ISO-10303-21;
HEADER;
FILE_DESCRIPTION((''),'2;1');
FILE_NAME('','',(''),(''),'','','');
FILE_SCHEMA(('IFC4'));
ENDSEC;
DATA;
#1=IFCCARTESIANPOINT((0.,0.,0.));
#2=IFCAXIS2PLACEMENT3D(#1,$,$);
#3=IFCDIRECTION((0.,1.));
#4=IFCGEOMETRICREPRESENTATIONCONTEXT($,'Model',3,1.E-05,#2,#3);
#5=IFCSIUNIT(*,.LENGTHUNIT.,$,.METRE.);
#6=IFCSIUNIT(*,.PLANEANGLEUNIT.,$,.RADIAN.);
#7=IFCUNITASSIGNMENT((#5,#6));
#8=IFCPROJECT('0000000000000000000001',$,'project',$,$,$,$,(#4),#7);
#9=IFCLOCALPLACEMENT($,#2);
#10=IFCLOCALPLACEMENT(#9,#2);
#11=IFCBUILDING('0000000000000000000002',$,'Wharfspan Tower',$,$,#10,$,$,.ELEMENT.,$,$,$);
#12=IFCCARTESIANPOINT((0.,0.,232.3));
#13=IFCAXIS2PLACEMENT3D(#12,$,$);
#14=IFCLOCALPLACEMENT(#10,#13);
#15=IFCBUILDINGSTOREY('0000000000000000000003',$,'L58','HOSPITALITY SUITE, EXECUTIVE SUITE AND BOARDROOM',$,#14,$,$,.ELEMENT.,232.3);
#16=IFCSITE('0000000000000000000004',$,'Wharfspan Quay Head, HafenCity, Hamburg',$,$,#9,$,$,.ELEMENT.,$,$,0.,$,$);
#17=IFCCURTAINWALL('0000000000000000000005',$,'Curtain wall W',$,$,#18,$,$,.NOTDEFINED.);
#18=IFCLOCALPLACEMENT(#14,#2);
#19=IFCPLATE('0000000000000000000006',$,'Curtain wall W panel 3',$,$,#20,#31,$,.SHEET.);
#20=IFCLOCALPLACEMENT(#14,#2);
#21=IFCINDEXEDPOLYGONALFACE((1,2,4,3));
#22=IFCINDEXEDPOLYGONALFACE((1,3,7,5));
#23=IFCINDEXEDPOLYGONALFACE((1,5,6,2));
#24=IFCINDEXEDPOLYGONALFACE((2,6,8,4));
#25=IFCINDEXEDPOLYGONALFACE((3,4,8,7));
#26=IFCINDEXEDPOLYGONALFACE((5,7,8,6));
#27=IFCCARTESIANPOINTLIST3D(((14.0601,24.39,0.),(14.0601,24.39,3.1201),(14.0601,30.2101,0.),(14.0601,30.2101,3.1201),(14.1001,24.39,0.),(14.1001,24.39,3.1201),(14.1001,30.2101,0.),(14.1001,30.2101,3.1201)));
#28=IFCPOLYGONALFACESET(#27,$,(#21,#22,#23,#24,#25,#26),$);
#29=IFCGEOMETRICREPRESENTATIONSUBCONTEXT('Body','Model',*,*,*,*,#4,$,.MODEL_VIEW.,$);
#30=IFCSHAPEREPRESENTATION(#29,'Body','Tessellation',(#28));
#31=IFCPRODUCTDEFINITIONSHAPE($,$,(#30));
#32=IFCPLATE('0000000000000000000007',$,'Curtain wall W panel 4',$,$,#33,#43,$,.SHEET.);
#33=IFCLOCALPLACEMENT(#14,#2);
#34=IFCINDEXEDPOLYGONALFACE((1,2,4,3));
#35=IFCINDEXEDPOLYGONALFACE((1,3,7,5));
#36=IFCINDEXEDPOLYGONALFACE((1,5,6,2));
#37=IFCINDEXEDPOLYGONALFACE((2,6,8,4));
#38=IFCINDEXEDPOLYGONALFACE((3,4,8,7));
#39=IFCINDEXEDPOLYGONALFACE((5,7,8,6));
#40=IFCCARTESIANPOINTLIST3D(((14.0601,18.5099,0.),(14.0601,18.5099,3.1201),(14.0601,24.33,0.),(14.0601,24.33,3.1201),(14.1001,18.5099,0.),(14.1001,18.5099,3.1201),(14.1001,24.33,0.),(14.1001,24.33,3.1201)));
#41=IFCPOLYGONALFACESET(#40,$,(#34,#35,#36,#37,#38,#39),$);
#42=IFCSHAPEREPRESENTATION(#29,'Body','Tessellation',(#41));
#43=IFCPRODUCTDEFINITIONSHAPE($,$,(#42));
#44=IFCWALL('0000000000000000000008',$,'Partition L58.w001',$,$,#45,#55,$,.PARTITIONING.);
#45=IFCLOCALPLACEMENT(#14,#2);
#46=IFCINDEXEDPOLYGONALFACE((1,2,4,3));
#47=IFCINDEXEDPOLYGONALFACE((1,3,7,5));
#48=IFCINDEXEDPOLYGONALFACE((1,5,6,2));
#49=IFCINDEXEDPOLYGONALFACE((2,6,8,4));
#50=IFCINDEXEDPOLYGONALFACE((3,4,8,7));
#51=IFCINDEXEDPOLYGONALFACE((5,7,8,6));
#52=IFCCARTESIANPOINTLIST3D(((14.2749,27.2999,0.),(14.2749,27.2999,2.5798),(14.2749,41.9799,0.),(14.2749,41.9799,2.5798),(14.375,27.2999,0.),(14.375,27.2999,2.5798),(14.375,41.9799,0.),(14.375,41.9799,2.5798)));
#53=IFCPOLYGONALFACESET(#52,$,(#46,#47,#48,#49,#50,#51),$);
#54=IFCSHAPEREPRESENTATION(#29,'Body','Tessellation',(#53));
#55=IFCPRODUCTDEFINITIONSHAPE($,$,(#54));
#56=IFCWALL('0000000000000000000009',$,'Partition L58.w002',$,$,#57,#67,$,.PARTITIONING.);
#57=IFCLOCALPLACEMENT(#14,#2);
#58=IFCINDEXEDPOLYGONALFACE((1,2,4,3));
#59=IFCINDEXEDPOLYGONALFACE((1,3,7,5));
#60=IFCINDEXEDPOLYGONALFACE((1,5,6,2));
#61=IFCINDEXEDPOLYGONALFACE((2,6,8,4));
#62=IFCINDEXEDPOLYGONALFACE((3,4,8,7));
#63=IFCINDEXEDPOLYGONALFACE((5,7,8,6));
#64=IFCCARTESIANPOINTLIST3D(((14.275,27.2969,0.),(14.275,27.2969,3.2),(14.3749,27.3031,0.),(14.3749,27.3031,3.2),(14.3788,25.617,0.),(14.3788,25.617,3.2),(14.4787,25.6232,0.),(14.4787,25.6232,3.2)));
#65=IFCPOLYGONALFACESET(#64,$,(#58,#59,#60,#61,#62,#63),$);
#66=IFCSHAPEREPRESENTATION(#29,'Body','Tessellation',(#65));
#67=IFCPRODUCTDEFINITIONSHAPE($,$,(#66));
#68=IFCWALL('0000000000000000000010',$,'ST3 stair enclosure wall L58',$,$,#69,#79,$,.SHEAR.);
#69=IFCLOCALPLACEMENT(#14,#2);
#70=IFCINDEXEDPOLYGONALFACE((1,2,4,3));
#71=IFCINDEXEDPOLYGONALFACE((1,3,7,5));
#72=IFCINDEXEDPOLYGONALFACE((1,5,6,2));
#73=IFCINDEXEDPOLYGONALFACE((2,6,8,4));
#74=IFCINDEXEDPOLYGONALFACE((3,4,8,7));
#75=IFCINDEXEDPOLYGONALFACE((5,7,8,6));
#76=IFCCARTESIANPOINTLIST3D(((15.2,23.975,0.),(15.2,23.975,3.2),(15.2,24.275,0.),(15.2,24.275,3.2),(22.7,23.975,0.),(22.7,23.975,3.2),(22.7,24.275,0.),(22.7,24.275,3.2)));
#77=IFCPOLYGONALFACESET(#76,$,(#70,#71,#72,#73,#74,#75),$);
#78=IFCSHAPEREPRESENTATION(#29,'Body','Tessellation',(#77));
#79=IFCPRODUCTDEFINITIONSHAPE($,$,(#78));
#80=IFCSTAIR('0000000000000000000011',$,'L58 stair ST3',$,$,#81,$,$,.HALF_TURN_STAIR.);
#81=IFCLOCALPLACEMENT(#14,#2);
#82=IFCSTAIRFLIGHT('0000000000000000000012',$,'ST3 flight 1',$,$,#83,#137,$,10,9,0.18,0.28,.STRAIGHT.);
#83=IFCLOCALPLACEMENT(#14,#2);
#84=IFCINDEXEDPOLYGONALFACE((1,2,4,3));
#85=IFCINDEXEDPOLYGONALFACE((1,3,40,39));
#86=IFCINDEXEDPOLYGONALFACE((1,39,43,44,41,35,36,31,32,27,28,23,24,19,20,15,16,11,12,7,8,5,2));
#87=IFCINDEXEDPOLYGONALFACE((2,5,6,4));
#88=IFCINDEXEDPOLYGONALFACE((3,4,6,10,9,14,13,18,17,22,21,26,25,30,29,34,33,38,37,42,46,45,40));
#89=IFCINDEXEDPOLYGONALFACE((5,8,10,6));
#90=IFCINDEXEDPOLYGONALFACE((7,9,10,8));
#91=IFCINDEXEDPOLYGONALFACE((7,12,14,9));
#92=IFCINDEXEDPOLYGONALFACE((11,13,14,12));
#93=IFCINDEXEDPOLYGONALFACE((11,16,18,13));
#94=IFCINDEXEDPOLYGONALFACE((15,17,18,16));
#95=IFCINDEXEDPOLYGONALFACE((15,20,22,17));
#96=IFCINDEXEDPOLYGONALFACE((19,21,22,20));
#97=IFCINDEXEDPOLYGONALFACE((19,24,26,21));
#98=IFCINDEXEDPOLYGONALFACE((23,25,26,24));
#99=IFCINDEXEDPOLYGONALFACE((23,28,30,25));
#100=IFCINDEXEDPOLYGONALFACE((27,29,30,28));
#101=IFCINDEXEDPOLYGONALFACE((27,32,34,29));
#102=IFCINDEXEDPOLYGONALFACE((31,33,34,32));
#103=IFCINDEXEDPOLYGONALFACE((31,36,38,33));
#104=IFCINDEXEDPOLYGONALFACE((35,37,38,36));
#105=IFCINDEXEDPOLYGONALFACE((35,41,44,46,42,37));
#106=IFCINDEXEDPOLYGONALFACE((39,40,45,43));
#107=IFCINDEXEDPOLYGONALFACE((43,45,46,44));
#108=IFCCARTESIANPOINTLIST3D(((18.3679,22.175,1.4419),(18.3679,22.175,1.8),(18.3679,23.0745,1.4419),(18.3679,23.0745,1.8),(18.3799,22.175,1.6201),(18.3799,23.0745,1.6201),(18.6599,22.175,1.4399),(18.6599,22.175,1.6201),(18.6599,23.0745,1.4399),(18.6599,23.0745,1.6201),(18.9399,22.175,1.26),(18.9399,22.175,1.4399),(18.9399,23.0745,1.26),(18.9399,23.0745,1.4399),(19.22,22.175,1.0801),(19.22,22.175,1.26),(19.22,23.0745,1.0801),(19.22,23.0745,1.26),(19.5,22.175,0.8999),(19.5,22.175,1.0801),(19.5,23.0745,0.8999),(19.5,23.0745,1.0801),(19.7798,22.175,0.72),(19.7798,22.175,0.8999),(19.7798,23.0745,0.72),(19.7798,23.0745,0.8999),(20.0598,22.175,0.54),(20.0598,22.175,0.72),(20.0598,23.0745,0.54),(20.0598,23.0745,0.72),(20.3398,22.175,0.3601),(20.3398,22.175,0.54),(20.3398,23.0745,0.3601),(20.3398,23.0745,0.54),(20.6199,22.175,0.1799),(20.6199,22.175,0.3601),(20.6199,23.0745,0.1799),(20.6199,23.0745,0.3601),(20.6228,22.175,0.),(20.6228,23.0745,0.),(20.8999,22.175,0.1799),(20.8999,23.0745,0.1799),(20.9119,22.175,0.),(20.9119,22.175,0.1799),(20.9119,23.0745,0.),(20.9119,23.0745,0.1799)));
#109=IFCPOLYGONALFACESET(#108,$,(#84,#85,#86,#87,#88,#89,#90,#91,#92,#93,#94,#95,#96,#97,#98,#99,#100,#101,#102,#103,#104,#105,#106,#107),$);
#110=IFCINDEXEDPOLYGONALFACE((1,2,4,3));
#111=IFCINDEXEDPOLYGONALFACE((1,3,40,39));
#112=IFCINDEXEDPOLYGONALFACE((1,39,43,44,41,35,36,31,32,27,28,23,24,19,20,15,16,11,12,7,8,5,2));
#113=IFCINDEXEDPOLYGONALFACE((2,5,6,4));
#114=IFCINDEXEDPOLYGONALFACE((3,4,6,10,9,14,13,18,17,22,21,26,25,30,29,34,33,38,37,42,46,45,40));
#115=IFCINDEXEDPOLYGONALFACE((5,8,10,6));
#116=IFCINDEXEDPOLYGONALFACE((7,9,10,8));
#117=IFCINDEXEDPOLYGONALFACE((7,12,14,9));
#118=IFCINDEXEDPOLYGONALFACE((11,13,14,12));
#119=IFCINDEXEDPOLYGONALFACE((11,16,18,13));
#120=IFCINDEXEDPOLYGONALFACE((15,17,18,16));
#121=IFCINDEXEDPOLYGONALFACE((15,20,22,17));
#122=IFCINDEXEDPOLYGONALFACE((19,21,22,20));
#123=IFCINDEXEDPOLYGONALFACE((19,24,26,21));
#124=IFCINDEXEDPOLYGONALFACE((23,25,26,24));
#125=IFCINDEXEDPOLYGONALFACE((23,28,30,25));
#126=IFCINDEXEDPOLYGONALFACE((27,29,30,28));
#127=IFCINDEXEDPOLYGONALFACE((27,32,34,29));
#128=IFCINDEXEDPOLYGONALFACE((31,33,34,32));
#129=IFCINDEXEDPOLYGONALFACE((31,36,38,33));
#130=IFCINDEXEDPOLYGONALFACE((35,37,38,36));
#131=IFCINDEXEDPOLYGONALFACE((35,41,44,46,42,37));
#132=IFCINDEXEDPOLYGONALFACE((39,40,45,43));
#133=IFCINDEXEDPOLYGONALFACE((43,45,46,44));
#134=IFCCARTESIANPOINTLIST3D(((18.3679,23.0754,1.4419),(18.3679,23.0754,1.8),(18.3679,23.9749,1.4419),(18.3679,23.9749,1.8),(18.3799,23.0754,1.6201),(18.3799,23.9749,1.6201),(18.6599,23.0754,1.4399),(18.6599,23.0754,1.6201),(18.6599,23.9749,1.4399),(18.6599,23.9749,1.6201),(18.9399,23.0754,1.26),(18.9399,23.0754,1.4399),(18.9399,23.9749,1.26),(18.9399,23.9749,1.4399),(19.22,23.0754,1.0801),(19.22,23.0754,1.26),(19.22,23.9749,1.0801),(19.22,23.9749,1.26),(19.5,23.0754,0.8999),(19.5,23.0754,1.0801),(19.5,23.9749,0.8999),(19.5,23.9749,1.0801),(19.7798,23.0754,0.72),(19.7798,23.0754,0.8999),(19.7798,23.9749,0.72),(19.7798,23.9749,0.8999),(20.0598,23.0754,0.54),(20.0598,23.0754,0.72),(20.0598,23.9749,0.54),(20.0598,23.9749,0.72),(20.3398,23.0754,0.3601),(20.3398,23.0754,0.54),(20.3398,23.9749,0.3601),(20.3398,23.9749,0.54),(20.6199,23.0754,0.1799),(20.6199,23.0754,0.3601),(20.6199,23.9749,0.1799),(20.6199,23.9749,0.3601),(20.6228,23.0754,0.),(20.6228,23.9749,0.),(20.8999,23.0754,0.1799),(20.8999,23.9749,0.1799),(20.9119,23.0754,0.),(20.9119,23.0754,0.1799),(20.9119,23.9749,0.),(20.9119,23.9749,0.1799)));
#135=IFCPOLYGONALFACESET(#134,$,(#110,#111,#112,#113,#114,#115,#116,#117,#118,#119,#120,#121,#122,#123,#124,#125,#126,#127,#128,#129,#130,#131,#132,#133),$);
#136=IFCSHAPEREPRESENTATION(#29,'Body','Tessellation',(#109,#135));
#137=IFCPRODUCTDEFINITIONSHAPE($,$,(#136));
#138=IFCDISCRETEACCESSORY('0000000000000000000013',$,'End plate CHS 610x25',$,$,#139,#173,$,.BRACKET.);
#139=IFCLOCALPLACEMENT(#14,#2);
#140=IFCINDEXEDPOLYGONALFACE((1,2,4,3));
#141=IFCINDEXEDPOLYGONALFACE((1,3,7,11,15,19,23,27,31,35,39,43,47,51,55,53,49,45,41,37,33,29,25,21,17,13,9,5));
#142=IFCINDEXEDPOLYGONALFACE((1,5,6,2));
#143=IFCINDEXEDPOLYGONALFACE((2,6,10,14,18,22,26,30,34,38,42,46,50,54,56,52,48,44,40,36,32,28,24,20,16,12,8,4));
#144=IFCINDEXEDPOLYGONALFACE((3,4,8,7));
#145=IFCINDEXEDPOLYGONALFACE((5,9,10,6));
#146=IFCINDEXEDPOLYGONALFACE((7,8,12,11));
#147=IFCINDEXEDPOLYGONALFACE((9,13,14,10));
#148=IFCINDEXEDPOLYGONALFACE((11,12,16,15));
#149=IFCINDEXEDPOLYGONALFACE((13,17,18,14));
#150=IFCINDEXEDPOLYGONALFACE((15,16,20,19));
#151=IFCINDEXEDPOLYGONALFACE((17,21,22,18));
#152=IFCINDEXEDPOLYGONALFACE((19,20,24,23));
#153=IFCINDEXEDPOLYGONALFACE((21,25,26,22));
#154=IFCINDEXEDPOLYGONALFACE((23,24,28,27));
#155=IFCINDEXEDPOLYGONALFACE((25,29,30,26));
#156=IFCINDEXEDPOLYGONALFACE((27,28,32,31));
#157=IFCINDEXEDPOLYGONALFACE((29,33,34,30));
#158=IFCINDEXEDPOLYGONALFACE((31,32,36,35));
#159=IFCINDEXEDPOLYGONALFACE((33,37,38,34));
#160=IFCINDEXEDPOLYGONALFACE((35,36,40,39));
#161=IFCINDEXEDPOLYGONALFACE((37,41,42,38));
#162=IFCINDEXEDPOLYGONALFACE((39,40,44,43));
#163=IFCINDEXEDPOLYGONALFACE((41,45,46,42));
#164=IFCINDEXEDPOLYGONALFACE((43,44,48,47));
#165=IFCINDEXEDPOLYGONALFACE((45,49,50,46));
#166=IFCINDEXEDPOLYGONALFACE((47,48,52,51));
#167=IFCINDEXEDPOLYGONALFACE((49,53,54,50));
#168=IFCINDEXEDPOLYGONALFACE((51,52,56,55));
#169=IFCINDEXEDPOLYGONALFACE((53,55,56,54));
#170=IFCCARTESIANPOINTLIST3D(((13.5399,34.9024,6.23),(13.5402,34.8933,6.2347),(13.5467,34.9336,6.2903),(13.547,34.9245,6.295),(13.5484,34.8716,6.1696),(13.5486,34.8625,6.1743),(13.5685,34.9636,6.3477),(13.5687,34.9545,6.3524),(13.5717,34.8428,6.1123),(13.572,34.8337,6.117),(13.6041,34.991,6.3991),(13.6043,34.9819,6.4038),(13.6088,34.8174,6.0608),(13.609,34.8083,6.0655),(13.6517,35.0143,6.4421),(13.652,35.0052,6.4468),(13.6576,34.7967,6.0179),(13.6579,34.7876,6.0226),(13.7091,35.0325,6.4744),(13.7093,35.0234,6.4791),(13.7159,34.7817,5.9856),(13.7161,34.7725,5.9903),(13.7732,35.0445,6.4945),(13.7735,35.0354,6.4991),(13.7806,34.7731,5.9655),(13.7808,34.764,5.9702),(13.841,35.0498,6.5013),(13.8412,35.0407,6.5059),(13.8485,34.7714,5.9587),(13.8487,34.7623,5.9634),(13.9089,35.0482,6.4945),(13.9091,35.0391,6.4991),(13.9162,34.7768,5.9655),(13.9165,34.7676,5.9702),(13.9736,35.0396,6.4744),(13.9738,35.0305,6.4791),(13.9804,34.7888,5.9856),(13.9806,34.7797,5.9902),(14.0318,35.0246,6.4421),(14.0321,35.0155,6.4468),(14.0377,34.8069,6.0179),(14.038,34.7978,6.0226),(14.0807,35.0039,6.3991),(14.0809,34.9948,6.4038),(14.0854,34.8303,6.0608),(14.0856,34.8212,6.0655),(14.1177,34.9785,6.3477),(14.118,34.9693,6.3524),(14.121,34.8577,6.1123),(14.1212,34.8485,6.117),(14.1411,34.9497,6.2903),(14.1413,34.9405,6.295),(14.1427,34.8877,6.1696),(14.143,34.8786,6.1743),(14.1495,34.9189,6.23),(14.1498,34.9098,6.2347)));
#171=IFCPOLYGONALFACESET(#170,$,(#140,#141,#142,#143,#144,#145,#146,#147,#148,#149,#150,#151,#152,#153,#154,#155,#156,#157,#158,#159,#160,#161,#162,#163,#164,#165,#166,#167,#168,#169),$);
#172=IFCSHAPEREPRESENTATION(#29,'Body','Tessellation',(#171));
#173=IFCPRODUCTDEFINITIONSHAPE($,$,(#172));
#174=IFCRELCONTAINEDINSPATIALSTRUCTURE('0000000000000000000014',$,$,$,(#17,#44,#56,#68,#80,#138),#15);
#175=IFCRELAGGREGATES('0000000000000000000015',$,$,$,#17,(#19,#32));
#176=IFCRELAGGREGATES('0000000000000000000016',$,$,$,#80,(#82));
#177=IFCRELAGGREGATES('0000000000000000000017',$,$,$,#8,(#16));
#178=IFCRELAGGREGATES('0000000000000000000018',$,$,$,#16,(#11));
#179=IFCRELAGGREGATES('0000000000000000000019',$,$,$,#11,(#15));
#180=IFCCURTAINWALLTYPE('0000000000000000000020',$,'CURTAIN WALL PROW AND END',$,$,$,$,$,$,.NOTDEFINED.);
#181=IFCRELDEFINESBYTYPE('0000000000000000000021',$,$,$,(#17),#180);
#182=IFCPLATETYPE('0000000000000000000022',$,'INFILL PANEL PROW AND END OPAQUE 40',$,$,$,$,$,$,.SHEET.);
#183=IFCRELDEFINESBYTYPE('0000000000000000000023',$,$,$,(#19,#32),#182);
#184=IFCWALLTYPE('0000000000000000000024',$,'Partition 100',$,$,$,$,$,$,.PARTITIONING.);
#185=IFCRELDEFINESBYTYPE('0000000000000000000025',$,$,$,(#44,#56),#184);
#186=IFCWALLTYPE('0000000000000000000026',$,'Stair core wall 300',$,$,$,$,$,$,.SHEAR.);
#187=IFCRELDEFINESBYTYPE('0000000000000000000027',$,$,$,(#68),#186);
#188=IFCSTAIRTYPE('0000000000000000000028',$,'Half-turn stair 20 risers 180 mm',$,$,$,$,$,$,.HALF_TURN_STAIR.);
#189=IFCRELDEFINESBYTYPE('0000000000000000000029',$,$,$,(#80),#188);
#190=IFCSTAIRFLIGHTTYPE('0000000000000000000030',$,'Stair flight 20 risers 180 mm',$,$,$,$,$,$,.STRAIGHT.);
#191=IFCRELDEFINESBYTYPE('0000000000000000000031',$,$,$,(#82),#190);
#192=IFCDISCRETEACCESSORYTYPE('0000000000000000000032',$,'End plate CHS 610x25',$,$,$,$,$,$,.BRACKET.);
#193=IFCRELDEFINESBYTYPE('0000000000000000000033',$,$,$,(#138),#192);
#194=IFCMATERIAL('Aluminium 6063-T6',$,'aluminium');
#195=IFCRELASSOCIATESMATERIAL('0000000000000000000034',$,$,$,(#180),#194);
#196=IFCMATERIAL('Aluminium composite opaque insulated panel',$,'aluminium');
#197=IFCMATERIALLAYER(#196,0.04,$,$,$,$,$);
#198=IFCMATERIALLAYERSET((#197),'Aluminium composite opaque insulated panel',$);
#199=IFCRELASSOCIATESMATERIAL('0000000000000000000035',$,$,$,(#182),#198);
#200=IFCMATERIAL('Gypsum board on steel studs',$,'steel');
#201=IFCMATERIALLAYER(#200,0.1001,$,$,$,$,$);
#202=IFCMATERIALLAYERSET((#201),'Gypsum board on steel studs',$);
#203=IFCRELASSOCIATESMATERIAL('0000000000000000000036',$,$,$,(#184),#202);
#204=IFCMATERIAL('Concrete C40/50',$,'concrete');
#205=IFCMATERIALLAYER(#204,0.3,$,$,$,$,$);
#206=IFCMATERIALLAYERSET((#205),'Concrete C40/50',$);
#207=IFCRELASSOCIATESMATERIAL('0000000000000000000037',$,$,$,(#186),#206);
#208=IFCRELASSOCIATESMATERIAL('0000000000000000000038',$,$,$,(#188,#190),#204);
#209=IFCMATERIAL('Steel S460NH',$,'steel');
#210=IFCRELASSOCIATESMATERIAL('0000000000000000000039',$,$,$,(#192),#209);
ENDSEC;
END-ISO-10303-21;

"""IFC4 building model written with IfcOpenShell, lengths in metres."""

from ifc_helpers import new_model, si_unit, direction, frame, frame_2d, origin, origin_2d, place, context, subcontext, project, spatial, polyline, rectangle, circle, outline, extrude, material, layer, layer_set, material_profile, profile_set, type_object, element, aggregate, save


model = new_model("IFC4")

# Units and contexts
model_context = context("Model", 3, precision=1e-05, world=origin(), true_north=direction((0.0, 1.0)))
body_context = subcontext(model_context, "Body", "Model", "MODEL_VIEW")
ifc_project = project(units=[si_unit("LENGTHUNIT", "METRE"), si_unit("PLANEANGLEUNIT", "RADIAN")], contexts=[model_context])

# Site, building, storey
site_placement = place(None, origin())
site = spatial("IfcSite", under=ifc_project, at=site_placement, Name="Wharfspan Quay Head, HafenCity, Hamburg", CompositionType="ELEMENT", RefElevation=0.0)
building_placement = place(site_placement, origin())
building = spatial("IfcBuilding", under=site, at=building_placement, Name="Wharfspan Tower", CompositionType="ELEMENT")
storey_placement = place(building_placement, frame((0.0, 0.0, 232.3)))
storey = spatial("IfcBuildingStorey", under=building, at=storey_placement, Name="L58", Description="HOSPITALITY SUITE, EXECUTIVE SUITE AND BOARDROOM", CompositionType="ELEMENT", Elevation=232.3)

# Curtain wall
ifc_material_1 = material(Name="Aluminium 6063-T6", Category="aluminium")
curtain_wall_type = type_object("IfcCurtainWallType", Name="CURTAIN WALL PROW AND END", PredefinedType="NOTDEFINED", material=ifc_material_1)
curtain_wall_placement = place(storey_placement, origin())
curtain_wall = element("IfcCurtainWall", 1, at=curtain_wall_placement, inside=storey, type_object=curtain_wall_type, Name="Curtain wall W", PredefinedType="NOTDEFINED")

# Shared definitions
ifc_material_2 = material(Name="Steel S460NH", Category="steel")

# Plates
ifc_material_3 = material(Name="Aluminium composite opaque insulated panel", Category="aluminium")
ifc_layer_1 = layer(ifc_material_3, 0.04)
ifc_layer_set_1 = layer_set([ifc_layer_1], Name="Aluminium composite opaque insulated panel")
plate_type = type_object("IfcPlateType", Name="INFILL PANEL PROW AND END OPAQUE 40", PredefinedType="SHEET", material=ifc_layer_set_1)
plate_1_placement = place(storey_placement, frame((14.0801, 27.3, 0.0), z_axis=(0.0, 0.0, 1.0), x_axis=(0.0, -1.0, 0.0)))
plate_1 = element("IfcPlate", 2, at=plate_1_placement, type_object=plate_type, Name="Curtain wall W panel 3", PredefinedType="SHEET", context=body_context, shape_type="SweptSolid", body=[
    extrude(rectangle(XDim=5.8201, YDim=0.04, at=origin_2d()), origin(), (0.0, 0.0, 1.0), 3.1201),
])
plate_2_placement = place(storey_placement, frame((14.0801, 21.4199, 0.0), z_axis=(0.0, 0.0, 1.0), x_axis=(0.0, -1.0, 0.0)))
plate_2 = element("IfcPlate", 3, at=plate_2_placement, type_object=plate_type, Name="Curtain wall W panel 4", PredefinedType="SHEET", context=body_context, shape_type="SweptSolid", body=[
    extrude(rectangle(XDim=5.8201, YDim=0.04, at=origin_2d()), origin(), (0.0, 0.0, 1.0), 3.1201),
])
aggregate(curtain_wall, [plate_1, plate_2])

# Walls
ifc_material_4 = material(Name="Gypsum board on steel studs", Category="steel")
ifc_layer_2 = layer(ifc_material_4, 0.1001)
ifc_layer_set_2 = layer_set([ifc_layer_2], Name="Gypsum board on steel studs")
wall_type_1 = type_object("IfcWallType", Name="Partition 100", PredefinedType="PARTITIONING", material=ifc_layer_set_2)
wall_1_placement = place(storey_placement, frame((14.325, 27.3, 0.0), z_axis=(0.0, 0.0, 1.0), x_axis=(0.0, 1.0, 0.0)))
element("IfcWall", 4, at=wall_1_placement, inside=storey, type_object=wall_type_1, Name="Partition L58.w001", PredefinedType="PARTITIONING", context=body_context, shape_type="SweptSolid", body=[
    extrude(rectangle(XDim=14.6799, YDim=0.1001, at=frame_2d((7.3398, 0.0))), origin(), (0.0, 0.0, 1.0), 2.5798),
])
wall_2_placement = place(storey_placement, frame((14.4287, 25.6201, 0.0), z_axis=(0.0, 0.0, 1.0), x_axis=(-0.061647, 0.998101, 0.0)))
element("IfcWall", 5, at=wall_2_placement, inside=storey, type_object=wall_type_1, Name="Partition L58.w002", PredefinedType="PARTITIONING", context=body_context, shape_type="SweptSolid", body=[
    extrude(rectangle(XDim=1.6831, YDim=0.1001, at=frame_2d((0.8416, 0.0))), origin(), (0.0, 0.0, 1.0), 3.2),
])
ifc_material_5 = material(Name="Concrete C40/50", Category="concrete")
ifc_layer_3 = layer(ifc_material_5, 0.3)
ifc_layer_set_3 = layer_set([ifc_layer_3], Name="Concrete C40/50")
wall_type_2 = type_object("IfcWallType", Name="Stair core wall 300", PredefinedType="SHEAR", material=ifc_layer_set_3)
wall_3_placement = place(storey_placement, frame((15.2, 24.125, 0.0), z_axis=(0.0, 0.0, 1.0), x_axis=(1.0, 0.0, 0.0)))
element("IfcWall", 6, at=wall_3_placement, inside=storey, type_object=wall_type_2, Name="ST3 stair enclosure wall L58", PredefinedType="SHEAR", context=body_context, shape_type="SweptSolid", body=[
    extrude(rectangle(XDim=7.5, YDim=0.3, at=frame_2d((3.75, 0.0))), origin(), (0.0, 0.0, 1.0), 3.2),
])

# Stair, stair flight
stair_type = type_object("IfcStairType", Name="Half-turn stair 20 risers 180 mm", PredefinedType="HALF_TURN_STAIR", material=ifc_material_5)
stair_placement = place(storey_placement, origin())
stair = element("IfcStair", 7, at=stair_placement, inside=storey, type_object=stair_type, Name="L58 stair ST3", PredefinedType="HALF_TURN_STAIR")
stair_flight_type = type_object("IfcStairFlightType", Name="Stair flight 20 risers 180 mm", PredefinedType="STRAIGHT", material=ifc_material_5)
stair_flight_placement = place(storey_placement, frame((20.8999, 23.075, 0.0), z_axis=(0.0, 0.0, 1.0), x_axis=(-1.0, 0.0, 0.0)))
stair_flight = element("IfcStairFlight", 8, at=stair_flight_placement, type_object=stair_flight_type, Name="ST3 flight 1", NumberOfRisers=10, NumberOfTreads=9, PredefinedType="STRAIGHT", RiserHeight=0.18, TreadLength=0.28, context=body_context, shape_type="SweptSolid", body=[
    extrude(outline(polyline([(-0.012, 0.0), (-0.012, 0.1799), (0.0, 0.1799), (0.28, 0.1799), (0.28, 0.3601), (0.5601, 0.3601), (0.5601, 0.54), (0.8401, 0.54), (0.8401, 0.72), (1.1201, 0.72), (1.1201, 0.8999), (1.3999, 0.8999), (1.3999, 1.0801), (1.6799, 1.0801), (1.6799, 1.26), (1.96, 1.26), (1.96, 1.4399), (2.24, 1.4399), (2.24, 1.6201), (2.52, 1.6201), (2.532, 1.8), (2.532, 1.4419), (0.2771, 0.0), (-0.012, 0.0)])), frame((0.0, 0.8999, 0.0), z_axis=(0.0, -1.0, 0.0), x_axis=(1.0, 0.0, 0.0)), (0.0, 0.0, 1.0), 0.8994),
    extrude(outline(polyline([(-0.012, 0.0), (-0.012, 0.1799), (0.0, 0.1799), (0.28, 0.1799), (0.28, 0.3601), (0.5601, 0.3601), (0.5601, 0.54), (0.8401, 0.54), (0.8401, 0.72), (1.1201, 0.72), (1.1201, 0.8999), (1.3999, 0.8999), (1.3999, 1.0801), (1.6799, 1.0801), (1.6799, 1.26), (1.96, 1.26), (1.96, 1.4399), (2.24, 1.4399), (2.24, 1.6201), (2.52, 1.6201), (2.532, 1.8), (2.532, 1.4419), (0.2771, 0.0), (-0.012, 0.0)])), frame((0.0, -0.0005, 0.0), z_axis=(0.0, -1.0, 0.0), x_axis=(1.0, 0.0, 0.0)), (0.0, 0.0, 1.0), 0.8994),
])
aggregate(stair, [stair_flight])

# Discrete accessory
ifc_material_profile_1 = material_profile(ifc_material_2, circle(Radius=0.3049, at=origin_2d()))
ifc_profile_set_1 = profile_set([ifc_material_profile_1], Name="Steel S460NH")
discrete_accessory_type = type_object("IfcDiscreteAccessoryType", Name="End plate CHS 610x25", PredefinedType="BRACKET", material=ifc_profile_set_1)
discrete_accessory_1_placement = place(storey_placement, frame((13.8447, 34.9106, 6.23), z_axis=(0.024035, -0.88931, 0.456673), x_axis=(0.999631, 0.027015, -0.000003)))
element("IfcDiscreteAccessory", 9, at=discrete_accessory_1_placement, inside=storey, type_object=discrete_accessory_type, Name="End plate CHS 610x25", PredefinedType="BRACKET", context=body_context, shape_type="SweptSolid", body=[
    extrude(circle(Radius=0.3049, at=origin_2d()), origin(), (0.0, 0.0, 1.0), 0.0103),
])

save(model, "model.ifc")
